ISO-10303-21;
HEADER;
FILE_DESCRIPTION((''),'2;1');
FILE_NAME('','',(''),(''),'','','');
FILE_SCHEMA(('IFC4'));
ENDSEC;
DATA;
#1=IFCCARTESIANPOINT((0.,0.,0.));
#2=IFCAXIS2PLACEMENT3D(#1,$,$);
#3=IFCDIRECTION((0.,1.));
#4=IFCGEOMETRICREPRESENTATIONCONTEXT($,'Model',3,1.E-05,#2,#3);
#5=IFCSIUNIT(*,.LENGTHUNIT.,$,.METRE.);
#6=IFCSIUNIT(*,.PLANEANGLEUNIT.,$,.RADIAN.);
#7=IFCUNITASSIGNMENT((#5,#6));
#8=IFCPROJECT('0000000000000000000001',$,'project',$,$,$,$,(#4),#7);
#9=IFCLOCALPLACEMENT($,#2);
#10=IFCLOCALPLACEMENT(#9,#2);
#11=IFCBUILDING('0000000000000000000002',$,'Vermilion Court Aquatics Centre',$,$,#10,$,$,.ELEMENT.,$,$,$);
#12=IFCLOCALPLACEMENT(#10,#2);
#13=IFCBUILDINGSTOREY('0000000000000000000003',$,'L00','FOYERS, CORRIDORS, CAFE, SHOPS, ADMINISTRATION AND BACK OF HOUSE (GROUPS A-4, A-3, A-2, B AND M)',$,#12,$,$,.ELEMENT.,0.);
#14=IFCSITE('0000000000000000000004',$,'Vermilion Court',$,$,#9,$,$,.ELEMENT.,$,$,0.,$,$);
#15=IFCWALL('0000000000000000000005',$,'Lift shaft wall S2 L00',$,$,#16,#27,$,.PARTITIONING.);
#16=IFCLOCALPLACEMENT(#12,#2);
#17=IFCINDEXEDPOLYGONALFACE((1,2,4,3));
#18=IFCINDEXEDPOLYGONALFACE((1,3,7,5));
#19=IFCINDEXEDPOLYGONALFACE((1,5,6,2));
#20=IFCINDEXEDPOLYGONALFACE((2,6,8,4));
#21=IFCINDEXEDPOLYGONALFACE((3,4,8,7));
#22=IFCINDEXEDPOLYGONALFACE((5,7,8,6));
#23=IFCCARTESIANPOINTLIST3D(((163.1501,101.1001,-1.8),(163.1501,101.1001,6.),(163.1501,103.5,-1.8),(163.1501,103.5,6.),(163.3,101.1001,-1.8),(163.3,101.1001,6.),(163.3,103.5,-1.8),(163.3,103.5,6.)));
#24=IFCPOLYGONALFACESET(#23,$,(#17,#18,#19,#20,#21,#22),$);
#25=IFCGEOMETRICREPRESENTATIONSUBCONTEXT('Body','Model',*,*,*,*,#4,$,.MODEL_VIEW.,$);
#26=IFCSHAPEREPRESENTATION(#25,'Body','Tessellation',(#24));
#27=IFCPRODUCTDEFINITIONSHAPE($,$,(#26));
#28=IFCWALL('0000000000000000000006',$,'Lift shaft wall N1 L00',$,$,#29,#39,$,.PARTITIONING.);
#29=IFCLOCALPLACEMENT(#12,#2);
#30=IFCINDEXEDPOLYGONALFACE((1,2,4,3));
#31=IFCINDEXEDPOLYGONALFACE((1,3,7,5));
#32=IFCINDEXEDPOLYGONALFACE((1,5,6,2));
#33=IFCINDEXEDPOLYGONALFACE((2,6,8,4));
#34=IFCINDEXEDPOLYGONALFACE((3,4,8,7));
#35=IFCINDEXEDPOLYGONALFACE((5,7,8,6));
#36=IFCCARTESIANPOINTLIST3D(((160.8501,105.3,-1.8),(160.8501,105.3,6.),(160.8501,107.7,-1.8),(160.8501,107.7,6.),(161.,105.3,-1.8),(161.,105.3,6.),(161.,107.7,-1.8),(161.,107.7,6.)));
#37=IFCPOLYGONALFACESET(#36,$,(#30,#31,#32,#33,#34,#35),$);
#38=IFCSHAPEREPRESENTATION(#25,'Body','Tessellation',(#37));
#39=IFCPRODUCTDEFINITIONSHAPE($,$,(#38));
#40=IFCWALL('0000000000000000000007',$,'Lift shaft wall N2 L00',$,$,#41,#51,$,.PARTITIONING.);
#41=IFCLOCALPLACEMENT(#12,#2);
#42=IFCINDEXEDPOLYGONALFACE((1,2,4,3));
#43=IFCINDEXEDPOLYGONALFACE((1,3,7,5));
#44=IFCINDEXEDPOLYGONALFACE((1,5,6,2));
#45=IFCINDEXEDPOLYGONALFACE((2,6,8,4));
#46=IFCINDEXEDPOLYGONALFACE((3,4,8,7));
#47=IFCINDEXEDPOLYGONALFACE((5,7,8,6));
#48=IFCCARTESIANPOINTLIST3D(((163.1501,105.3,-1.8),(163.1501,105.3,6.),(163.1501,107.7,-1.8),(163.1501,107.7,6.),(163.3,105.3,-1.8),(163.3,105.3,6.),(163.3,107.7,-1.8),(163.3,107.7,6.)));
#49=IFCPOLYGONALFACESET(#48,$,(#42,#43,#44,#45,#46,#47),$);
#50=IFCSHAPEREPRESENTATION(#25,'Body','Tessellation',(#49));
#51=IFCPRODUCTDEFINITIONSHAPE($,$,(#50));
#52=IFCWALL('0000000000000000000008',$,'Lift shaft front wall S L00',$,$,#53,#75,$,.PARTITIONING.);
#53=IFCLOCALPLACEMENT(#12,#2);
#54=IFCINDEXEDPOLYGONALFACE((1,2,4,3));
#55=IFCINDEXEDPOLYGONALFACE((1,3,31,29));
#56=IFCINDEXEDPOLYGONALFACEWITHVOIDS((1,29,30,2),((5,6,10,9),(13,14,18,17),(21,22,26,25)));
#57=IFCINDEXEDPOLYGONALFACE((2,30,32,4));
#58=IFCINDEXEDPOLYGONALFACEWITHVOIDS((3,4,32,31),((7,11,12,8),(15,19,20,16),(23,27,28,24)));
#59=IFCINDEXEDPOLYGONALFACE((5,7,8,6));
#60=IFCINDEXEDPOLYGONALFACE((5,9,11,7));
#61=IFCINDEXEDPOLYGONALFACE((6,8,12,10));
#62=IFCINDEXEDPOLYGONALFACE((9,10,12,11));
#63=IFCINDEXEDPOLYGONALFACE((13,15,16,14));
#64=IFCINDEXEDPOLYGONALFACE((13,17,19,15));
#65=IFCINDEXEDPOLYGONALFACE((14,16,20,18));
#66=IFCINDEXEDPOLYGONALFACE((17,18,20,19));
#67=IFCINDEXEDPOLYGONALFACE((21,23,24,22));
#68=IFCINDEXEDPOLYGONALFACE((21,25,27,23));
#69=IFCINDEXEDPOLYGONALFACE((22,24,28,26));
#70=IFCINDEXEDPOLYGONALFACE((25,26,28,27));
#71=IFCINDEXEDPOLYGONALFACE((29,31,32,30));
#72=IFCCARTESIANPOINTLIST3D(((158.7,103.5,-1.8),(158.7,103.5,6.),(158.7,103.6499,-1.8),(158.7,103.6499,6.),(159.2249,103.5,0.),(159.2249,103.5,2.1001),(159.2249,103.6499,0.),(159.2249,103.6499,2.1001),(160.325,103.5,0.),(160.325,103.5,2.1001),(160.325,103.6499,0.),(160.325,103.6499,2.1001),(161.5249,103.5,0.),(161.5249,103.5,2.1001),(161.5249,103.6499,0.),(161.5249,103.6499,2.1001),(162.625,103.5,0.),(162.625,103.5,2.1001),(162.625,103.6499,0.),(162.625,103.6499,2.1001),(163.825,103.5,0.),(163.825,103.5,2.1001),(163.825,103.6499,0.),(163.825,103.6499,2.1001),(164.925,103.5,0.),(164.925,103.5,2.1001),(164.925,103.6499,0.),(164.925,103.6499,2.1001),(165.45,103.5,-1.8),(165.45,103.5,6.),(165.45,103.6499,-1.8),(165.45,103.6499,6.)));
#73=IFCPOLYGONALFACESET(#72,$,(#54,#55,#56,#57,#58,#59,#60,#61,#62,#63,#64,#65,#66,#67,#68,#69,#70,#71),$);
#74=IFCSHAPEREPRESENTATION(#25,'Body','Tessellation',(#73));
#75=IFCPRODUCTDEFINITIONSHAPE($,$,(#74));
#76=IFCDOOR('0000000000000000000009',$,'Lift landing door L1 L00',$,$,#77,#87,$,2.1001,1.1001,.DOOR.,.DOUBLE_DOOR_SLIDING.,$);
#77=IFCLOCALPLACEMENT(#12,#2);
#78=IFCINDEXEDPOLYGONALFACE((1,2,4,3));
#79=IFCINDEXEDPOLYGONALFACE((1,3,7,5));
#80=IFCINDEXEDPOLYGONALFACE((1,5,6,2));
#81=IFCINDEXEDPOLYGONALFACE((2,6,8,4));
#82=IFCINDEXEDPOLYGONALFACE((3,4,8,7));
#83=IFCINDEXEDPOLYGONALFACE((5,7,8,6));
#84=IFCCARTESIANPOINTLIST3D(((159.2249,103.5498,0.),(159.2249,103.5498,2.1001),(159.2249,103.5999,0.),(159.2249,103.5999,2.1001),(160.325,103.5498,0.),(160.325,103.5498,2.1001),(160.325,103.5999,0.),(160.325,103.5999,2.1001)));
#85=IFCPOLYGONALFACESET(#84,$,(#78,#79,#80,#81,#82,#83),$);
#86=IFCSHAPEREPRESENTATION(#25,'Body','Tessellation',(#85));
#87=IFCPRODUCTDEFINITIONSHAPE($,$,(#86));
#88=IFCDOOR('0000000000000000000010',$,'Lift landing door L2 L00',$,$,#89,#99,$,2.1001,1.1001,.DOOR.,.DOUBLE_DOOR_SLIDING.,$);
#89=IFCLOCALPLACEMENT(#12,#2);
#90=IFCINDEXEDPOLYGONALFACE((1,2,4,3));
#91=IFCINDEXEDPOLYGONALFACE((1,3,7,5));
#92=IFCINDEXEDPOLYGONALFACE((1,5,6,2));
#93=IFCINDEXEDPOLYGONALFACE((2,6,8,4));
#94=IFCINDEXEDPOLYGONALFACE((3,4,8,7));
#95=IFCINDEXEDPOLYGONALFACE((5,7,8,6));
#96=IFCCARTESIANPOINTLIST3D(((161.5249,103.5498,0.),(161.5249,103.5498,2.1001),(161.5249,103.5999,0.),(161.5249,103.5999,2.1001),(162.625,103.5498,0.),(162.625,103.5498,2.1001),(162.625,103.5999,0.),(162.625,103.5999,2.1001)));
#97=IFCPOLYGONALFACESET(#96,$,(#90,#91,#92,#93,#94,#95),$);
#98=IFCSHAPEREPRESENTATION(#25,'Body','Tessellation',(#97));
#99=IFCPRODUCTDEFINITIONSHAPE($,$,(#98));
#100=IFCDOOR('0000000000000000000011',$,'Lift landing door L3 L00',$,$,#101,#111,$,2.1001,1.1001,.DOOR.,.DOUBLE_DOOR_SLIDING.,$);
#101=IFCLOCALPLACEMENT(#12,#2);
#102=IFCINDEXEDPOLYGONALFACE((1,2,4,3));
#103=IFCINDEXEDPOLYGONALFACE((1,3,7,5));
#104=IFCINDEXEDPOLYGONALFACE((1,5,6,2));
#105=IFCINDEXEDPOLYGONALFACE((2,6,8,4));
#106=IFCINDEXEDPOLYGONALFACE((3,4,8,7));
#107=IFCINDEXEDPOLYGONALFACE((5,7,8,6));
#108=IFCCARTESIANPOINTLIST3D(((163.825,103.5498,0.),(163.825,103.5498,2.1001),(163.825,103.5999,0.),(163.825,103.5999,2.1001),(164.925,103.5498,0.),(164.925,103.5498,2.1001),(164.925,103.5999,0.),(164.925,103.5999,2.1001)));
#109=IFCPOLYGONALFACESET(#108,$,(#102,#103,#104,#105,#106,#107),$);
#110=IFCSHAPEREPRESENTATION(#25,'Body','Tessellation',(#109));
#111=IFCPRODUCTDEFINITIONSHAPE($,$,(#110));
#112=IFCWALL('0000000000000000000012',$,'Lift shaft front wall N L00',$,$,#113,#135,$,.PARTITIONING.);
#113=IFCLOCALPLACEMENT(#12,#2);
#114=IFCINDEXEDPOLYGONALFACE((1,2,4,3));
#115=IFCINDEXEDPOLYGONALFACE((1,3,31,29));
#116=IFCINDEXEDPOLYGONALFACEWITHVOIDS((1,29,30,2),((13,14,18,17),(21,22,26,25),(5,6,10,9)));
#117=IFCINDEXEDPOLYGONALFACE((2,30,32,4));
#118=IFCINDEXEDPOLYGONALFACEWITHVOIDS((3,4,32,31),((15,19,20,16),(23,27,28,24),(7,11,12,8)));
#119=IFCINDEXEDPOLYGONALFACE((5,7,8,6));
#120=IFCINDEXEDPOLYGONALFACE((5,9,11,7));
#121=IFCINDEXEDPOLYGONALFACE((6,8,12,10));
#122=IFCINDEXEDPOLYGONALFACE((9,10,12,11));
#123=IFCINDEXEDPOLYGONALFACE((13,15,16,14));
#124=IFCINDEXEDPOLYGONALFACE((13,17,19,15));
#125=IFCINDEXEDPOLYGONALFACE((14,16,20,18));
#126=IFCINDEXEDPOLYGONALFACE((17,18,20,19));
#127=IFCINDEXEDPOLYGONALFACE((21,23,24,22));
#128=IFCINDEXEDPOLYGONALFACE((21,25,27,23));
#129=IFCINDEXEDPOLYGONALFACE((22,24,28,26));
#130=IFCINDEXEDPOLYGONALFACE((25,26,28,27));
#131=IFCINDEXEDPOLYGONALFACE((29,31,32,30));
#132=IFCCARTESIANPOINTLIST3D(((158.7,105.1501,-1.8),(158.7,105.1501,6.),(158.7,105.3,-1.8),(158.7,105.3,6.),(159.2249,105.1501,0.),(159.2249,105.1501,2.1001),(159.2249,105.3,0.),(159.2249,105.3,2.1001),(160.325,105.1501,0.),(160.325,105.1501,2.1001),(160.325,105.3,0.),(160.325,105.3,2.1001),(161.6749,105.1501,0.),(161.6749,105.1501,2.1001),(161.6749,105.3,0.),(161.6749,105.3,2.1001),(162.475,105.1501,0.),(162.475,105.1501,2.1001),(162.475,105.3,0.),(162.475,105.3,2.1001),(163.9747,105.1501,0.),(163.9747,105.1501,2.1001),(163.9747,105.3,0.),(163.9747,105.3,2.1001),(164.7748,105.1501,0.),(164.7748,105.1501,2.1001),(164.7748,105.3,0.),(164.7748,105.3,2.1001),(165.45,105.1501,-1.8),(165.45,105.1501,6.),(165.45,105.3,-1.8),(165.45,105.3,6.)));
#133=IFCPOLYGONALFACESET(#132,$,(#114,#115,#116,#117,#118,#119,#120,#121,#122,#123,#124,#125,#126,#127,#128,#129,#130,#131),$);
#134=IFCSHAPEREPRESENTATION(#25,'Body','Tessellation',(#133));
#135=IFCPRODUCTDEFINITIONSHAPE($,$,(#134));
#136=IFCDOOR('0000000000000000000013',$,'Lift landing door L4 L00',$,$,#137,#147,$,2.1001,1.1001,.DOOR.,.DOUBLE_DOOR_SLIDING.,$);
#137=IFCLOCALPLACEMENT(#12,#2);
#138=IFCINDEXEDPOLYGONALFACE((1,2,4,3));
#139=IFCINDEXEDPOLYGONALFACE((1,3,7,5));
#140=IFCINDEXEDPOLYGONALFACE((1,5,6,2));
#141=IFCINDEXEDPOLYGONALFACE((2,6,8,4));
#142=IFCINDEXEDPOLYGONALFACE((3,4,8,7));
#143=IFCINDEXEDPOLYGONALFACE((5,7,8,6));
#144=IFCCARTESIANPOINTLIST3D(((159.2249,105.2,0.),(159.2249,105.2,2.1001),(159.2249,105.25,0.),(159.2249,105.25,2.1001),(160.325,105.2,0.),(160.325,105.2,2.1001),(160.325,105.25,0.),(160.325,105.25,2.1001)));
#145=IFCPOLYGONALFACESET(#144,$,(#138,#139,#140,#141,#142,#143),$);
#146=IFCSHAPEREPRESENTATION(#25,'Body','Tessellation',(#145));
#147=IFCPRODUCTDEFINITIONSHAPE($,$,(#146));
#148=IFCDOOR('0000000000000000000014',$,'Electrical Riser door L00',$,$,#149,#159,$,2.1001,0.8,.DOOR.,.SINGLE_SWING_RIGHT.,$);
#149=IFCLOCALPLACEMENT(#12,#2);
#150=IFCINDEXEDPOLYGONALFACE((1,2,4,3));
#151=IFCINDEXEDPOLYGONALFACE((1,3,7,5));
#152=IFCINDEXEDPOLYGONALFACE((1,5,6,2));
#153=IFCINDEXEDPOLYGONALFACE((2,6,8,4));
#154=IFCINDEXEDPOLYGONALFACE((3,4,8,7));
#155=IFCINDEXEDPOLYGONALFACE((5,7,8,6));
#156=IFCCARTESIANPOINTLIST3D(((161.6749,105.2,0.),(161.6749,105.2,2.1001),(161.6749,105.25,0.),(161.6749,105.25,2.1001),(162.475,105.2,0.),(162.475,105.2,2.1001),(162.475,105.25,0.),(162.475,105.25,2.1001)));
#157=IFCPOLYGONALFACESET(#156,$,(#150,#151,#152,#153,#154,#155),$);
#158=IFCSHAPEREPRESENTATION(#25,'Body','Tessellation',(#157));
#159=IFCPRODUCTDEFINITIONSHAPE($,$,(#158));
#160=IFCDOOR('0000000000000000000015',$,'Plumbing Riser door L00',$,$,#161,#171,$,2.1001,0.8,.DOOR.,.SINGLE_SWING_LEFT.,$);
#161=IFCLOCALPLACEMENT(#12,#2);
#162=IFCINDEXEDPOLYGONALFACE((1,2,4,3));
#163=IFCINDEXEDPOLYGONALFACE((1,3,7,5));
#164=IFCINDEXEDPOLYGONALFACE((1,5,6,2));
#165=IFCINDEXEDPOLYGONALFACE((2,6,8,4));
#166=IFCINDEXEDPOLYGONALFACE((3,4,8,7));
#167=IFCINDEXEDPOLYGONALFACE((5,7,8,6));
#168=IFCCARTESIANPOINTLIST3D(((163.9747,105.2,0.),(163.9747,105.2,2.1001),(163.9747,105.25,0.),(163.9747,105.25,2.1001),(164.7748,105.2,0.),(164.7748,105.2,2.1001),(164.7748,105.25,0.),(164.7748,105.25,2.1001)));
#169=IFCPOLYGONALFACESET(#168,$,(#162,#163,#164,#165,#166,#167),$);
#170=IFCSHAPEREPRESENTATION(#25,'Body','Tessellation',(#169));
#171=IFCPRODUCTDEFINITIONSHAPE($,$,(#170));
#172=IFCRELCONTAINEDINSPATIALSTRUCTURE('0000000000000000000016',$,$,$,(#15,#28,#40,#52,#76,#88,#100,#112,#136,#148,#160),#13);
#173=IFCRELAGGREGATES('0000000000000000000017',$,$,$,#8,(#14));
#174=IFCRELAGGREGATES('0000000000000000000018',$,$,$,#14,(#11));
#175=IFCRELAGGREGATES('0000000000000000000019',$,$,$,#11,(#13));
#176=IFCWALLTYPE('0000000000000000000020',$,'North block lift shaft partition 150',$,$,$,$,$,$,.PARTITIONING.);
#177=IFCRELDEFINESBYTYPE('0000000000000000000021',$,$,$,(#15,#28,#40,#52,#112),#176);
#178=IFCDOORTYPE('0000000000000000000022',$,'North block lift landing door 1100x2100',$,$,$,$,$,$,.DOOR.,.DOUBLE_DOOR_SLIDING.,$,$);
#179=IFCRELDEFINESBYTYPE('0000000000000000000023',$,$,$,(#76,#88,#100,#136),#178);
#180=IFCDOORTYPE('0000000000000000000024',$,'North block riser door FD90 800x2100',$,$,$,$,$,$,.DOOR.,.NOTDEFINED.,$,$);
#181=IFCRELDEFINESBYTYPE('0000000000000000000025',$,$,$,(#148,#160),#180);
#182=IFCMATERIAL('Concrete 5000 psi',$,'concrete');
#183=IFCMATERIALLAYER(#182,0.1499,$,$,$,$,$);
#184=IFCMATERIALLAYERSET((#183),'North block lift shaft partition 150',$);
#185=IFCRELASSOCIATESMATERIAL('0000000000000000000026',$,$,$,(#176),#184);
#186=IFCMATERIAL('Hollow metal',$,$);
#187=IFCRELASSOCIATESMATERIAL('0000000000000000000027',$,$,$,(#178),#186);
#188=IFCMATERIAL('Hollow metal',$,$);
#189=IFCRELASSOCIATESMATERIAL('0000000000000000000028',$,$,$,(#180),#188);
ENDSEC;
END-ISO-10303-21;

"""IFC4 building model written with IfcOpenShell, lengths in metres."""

from ifc_helpers import new_model, si_unit, direction, frame, frame_2d, origin, place, context, subcontext, project, spatial, rectangle, extrude, material, layer, layer_set, type_object, element, fill, save


model = new_model("IFC4")

# Units and contexts
model_context = context("Model", 3, precision=1e-05, world=origin(), true_north=direction((0.0, 1.0)))
body_context = subcontext(model_context, "Body", "Model", "MODEL_VIEW")
ifc_project = project(units=[si_unit("LENGTHUNIT", "METRE"), si_unit("PLANEANGLEUNIT", "RADIAN")], contexts=[model_context])

# Site, building, storey
site_placement = place(None, origin())
site = spatial("IfcSite", under=ifc_project, at=site_placement, Name="Vermilion Court", CompositionType="ELEMENT", RefElevation=0.0)
building_placement = place(site_placement, origin())
building = spatial("IfcBuilding", under=site, at=building_placement, Name="Vermilion Court Aquatics Centre", CompositionType="ELEMENT")
storey_placement = place(building_placement, origin())
storey = spatial("IfcBuildingStorey", under=building, at=storey_placement, Name="L00", Description="FOYERS, CORRIDORS, CAFE, SHOPS, ADMINISTRATION AND BACK OF HOUSE (GROUPS A-4, A-3, A-2, B AND M)", CompositionType="ELEMENT", Elevation=0.0)

# Walls
ifc_material_1 = material(Name="Concrete 5000 psi", Category="concrete")
ifc_layer_1 = layer(ifc_material_1, 0.1499)
ifc_layer_set_1 = layer_set([ifc_layer_1], Name="North block lift shaft partition 150")
wall_type_1 = type_object("IfcWallType", Name="North block lift shaft partition 150", PredefinedType="PARTITIONING", material=ifc_layer_set_1)
for number, where, z_axis, x_axis, name in (
    (1, (163.2251, 101.1001, -1.8), (0.0, 0.0, 1.0), (0.0, 1.0, 0.0), "Lift shaft wall S2 L00"),
    (2, (160.925, 105.3, -1.8), (0.0, 0.0, 1.0), (0.0, 1.0, 0.0), "Lift shaft wall N1 L00"),
    (3, (163.2251, 105.3, -1.8), (0.0, 0.0, 1.0), (0.0, 1.0, 0.0), "Lift shaft wall N2 L00"),
):
    element("IfcWall", number, at=place(storey_placement, frame(where, z_axis=z_axis, x_axis=x_axis)), inside=storey, type_object=wall_type_1, Name=name, PredefinedType="PARTITIONING", context=body_context, shape_type="SweptSolid", body=[
        extrude(rectangle(XDim=2.3999, YDim=0.1499, at=frame_2d((1.2, 0.0))), origin(), (0.0, 0.0, 1.0), 7.8),
    ])

# Walls, openings, doors
wall_1_placement = place(storey_placement, frame((158.7, 103.575, -1.8), z_axis=(0.0, 0.0, 1.0), x_axis=(1.0, 0.0, 0.0)))
wall_1 = element("IfcWall", 4, at=wall_1_placement, inside=storey, type_object=wall_type_1, Name="Lift shaft front wall S L00", PredefinedType="PARTITIONING", context=body_context, shape_type="SweptSolid", body=[
    extrude(rectangle(XDim=6.75, YDim=0.1499, at=frame_2d((3.375, 0.0))), origin(), (0.0, 0.0, 1.0), 7.8),
])
opening_1_placement = place(wall_1_placement, frame((0.5249, 0.0, 1.8)))
opening_1 = element("IfcOpeningElement", 5, at=opening_1_placement, cuts=wall_1, PredefinedType="OPENING", context=body_context, shape_type="SweptSolid", body=[
    extrude(rectangle(XDim=1.1001, YDim=2.1001, at=frame_2d((0.55, 1.05))), frame((0.0, 0.085, 0.0), z_axis=(0.0, -1.0, 0.0), x_axis=(1.0, 0.0, 0.0)), (0.0, 0.0, 1.0), 0.1699),
])
opening_2_placement = place(wall_1_placement, frame((2.825, 0.0, 1.8)))
opening_2 = element("IfcOpeningElement", 6, at=opening_2_placement, cuts=wall_1, PredefinedType="OPENING", context=body_context, shape_type="SweptSolid", body=[
    extrude(rectangle(XDim=1.1001, YDim=2.1001, at=frame_2d((0.55, 1.05))), frame((0.0, 0.085, 0.0), z_axis=(0.0, -1.0, 0.0), x_axis=(1.0, 0.0, 0.0)), (0.0, 0.0, 1.0), 0.1699),
])
opening_3_placement = place(wall_1_placement, frame((5.125, 0.0, 1.8)))
opening_3 = element("IfcOpeningElement", 7, at=opening_3_placement, cuts=wall_1, PredefinedType="OPENING", context=body_context, shape_type="SweptSolid", body=[
    extrude(rectangle(XDim=1.1001, YDim=2.1001, at=frame_2d((0.55, 1.05))), frame((0.0, 0.085, 0.0), z_axis=(0.0, -1.0, 0.0), x_axis=(1.0, 0.0, 0.0)), (0.0, 0.0, 1.0), 0.1699),
])
ifc_material_2 = material(Name="Hollow metal")
door_type_1 = type_object("IfcDoorType", Name="North block lift landing door 1100x2100", OperationType="DOUBLE_DOOR_SLIDING", PredefinedType="DOOR", material=ifc_material_2)
door_1_placement = place(opening_1_placement, origin())
door_1 = element("IfcDoor", 8, at=door_1_placement, inside=storey, type_object=door_type_1, Name="Lift landing door L1 L00", OperationType="DOUBLE_DOOR_SLIDING", OverallHeight=2.1001, OverallWidth=1.1001, PredefinedType="DOOR", context=body_context, shape_type="SweptSolid", body=[
    extrude(rectangle(XDim=1.1001, YDim=2.1001, at=frame_2d((0.55, 1.05))), frame((0.0, 0.0249, 0.0), z_axis=(0.0, -1.0, 0.0), x_axis=(1.0, 0.0, 0.0)), (0.0, 0.0, 1.0), 0.05),
])
fill(opening_1, door_1)
door_2_placement = place(opening_2_placement, origin())
door_2 = element("IfcDoor", 9, at=door_2_placement, inside=storey, type_object=door_type_1, Name="Lift landing door L2 L00", OperationType="DOUBLE_DOOR_SLIDING", OverallHeight=2.1001, OverallWidth=1.1001, PredefinedType="DOOR", context=body_context, shape_type="SweptSolid", body=[
    extrude(rectangle(XDim=1.1001, YDim=2.1001, at=frame_2d((0.55, 1.05))), frame((0.0, 0.0249, 0.0), z_axis=(0.0, -1.0, 0.0), x_axis=(1.0, 0.0, 0.0)), (0.0, 0.0, 1.0), 0.05),
])
fill(opening_2, door_2)
door_3_placement = place(opening_3_placement, origin())
door_3 = element("IfcDoor", 10, at=door_3_placement, inside=storey, type_object=door_type_1, Name="Lift landing door L3 L00", OperationType="DOUBLE_DOOR_SLIDING", OverallHeight=2.1001, OverallWidth=1.1001, PredefinedType="DOOR", context=body_context, shape_type="SweptSolid", body=[
    extrude(rectangle(XDim=1.1001, YDim=2.1001, at=frame_2d((0.55, 1.05))), frame((0.0, 0.0249, 0.0), z_axis=(0.0, -1.0, 0.0), x_axis=(1.0, 0.0, 0.0)), (0.0, 0.0, 1.0), 0.05),
])
fill(opening_3, door_3)
wall_2_placement = place(storey_placement, frame((158.7, 105.2251, -1.8), z_axis=(0.0, 0.0, 1.0), x_axis=(1.0, 0.0, 0.0)))
wall_2 = element("IfcWall", 11, at=wall_2_placement, inside=storey, type_object=wall_type_1, Name="Lift shaft front wall N L00", PredefinedType="PARTITIONING", context=body_context, shape_type="SweptSolid", body=[
    extrude(rectangle(XDim=6.75, YDim=0.1499, at=frame_2d((3.375, 0.0))), origin(), (0.0, 0.0, 1.0), 7.8),
])
opening_4_placement = place(wall_2_placement, frame((0.5249, 0.0, 1.8)))
opening_4 = element("IfcOpeningElement", 12, at=opening_4_placement, cuts=wall_2, PredefinedType="OPENING", context=body_context, shape_type="SweptSolid", body=[
    extrude(rectangle(XDim=1.1001, YDim=2.1001, at=frame_2d((0.55, 1.05))), frame((0.0, 0.085, 0.0), z_axis=(0.0, -1.0, 0.0), x_axis=(1.0, 0.0, 0.0)), (0.0, 0.0, 1.0), 0.1699),
])
opening_5_placement = place(wall_2_placement, frame((2.9751, 0.0, 1.8)))
opening_5 = element("IfcOpeningElement", 13, at=opening_5_placement, cuts=wall_2, PredefinedType="OPENING", context=body_context, shape_type="SweptSolid", body=[
    extrude(rectangle(XDim=0.8, YDim=2.1001, at=frame_2d((0.3999, 1.05))), frame((0.0, 0.085, 0.0), z_axis=(0.0, -1.0, 0.0), x_axis=(1.0, 0.0, 0.0)), (0.0, 0.0, 1.0), 0.1699),
])
opening_6_placement = place(wall_2_placement, frame((5.2749, 0.0, 1.8)))
opening_6 = element("IfcOpeningElement", 14, at=opening_6_placement, cuts=wall_2, PredefinedType="OPENING", context=body_context, shape_type="SweptSolid", body=[
    extrude(rectangle(XDim=0.8, YDim=2.1001, at=frame_2d((0.3999, 1.05))), frame((0.0, 0.085, 0.0), z_axis=(0.0, -1.0, 0.0), x_axis=(1.0, 0.0, 0.0)), (0.0, 0.0, 1.0), 0.1699),
])
door_4_placement = place(opening_4_placement, origin())
door_4 = element("IfcDoor", 15, at=door_4_placement, inside=storey, type_object=door_type_1, Name="Lift landing door L4 L00", OperationType="DOUBLE_DOOR_SLIDING", OverallHeight=2.1001, OverallWidth=1.1001, PredefinedType="DOOR", context=body_context, shape_type="SweptSolid", body=[
    extrude(rectangle(XDim=1.1001, YDim=2.1001, at=frame_2d((0.55, 1.05))), frame((0.0, 0.0249, 0.0), z_axis=(0.0, -1.0, 0.0), x_axis=(1.0, 0.0, 0.0)), (0.0, 0.0, 1.0), 0.05),
])
fill(opening_4, door_4)
ifc_material_3 = material(Name="Hollow metal")
door_type_2 = type_object("IfcDoorType", Name="North block riser door FD90 800x2100", OperationType="NOTDEFINED", PredefinedType="DOOR", material=ifc_material_3)
door_5_placement = place(opening_5_placement, frame((0.8, 0.0, 0.0), z_axis=(0.0, 0.0, 1.0), x_axis=(-1.0, 0.0, 0.0)))
door_5 = element("IfcDoor", 16, at=door_5_placement, inside=storey, type_object=door_type_2, Name="Electrical Riser door L00", OperationType="SINGLE_SWING_RIGHT", OverallHeight=2.1001, OverallWidth=0.8, PredefinedType="DOOR", context=body_context, shape_type="SweptSolid", body=[
    extrude(rectangle(XDim=0.8, YDim=2.1001, at=frame_2d((0.4001, 1.05))), frame((0.0, 0.0251, 0.0), z_axis=(0.0, -1.0, 0.0), x_axis=(1.0, 0.0, 0.0)), (0.0, 0.0, 1.0), 0.05),
])
fill(opening_5, door_5)
door_6_placement = place(opening_6_placement, frame((0.8, 0.0, 0.0), z_axis=(0.0, 0.0, 1.0), x_axis=(-1.0, 0.0, 0.0)))
door_6 = element("IfcDoor", 17, at=door_6_placement, inside=storey, type_object=door_type_2, Name="Plumbing Riser door L00", OperationType="SINGLE_SWING_LEFT", OverallHeight=2.1001, OverallWidth=0.8, PredefinedType="DOOR", context=body_context, shape_type="SweptSolid", body=[
    extrude(rectangle(XDim=0.8, YDim=2.1001, at=frame_2d((0.4001, 1.05))), frame((0.0, 0.0251, 0.0), z_axis=(0.0, -1.0, 0.0), x_axis=(1.0, 0.0, 0.0)), (0.0, 0.0, 1.0), 0.05),
])
fill(opening_6, door_6)

save(model, "model.ifc")
